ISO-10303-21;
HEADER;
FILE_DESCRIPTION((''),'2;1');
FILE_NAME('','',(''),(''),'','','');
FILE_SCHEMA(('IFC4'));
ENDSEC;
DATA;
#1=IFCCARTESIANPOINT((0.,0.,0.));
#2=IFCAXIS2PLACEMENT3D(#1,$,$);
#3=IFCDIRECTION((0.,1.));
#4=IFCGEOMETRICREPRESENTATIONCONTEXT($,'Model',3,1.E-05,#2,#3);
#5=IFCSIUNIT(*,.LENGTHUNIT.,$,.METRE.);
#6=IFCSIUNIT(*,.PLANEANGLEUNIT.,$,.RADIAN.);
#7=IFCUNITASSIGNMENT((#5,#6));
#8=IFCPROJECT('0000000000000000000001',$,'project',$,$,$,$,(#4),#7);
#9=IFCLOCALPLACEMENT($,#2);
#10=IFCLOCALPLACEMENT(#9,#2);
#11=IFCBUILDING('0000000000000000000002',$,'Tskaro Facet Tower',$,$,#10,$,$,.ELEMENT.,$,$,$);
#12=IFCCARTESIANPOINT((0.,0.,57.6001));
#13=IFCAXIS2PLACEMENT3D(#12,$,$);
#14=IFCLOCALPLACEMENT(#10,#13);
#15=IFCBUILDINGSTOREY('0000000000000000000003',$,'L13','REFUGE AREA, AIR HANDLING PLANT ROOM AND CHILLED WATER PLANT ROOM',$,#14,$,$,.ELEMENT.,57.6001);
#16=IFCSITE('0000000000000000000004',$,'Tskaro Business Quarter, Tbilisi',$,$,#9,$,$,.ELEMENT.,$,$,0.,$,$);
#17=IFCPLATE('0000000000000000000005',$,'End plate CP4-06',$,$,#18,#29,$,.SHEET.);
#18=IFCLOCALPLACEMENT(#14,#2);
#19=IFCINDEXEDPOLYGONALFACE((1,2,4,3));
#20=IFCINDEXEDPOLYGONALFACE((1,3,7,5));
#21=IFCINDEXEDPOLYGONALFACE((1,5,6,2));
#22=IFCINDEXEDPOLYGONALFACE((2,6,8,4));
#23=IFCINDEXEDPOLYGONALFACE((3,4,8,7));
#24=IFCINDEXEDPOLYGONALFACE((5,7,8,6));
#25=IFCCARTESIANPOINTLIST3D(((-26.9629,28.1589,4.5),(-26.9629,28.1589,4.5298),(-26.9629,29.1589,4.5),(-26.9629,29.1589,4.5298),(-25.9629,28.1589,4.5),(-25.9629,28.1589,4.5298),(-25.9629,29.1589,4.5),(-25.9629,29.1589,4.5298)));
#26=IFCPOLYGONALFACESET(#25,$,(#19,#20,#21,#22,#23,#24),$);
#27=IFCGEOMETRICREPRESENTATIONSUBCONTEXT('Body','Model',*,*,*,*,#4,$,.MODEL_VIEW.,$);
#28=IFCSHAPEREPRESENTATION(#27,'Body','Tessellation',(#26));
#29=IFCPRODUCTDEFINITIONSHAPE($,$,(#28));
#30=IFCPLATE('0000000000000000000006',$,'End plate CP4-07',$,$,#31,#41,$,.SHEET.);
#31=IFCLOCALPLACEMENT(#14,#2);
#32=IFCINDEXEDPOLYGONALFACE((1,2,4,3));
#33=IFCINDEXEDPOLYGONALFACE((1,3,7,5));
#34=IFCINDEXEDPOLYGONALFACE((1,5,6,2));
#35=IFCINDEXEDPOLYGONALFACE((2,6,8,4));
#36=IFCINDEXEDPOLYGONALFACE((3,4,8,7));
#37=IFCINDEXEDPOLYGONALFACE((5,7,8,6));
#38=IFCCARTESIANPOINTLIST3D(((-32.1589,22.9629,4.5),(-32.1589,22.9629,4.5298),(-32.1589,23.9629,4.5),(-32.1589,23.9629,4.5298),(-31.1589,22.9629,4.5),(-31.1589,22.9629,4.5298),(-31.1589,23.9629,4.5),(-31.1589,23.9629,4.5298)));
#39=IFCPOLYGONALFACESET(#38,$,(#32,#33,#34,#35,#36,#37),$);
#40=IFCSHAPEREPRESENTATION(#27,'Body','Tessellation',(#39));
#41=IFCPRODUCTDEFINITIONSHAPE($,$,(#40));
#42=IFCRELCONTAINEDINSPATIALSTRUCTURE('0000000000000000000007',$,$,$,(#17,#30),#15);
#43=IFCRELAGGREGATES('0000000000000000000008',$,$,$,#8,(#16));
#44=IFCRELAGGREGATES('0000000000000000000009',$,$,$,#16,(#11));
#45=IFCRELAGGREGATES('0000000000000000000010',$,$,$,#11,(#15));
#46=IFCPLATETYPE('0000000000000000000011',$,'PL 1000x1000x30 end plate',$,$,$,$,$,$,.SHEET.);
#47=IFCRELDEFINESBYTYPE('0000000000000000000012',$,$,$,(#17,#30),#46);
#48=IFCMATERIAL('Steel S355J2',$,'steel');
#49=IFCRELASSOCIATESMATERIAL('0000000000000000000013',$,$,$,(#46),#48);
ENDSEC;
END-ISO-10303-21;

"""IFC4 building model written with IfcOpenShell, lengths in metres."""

from ifc_helpers import new_model, si_unit, direction, frame, origin, origin_2d, place, context, subcontext, project, spatial, rectangle, extrude, material, material_profile, profile_set, type_object, element, save


model = new_model("IFC4")

# Units and contexts
model_context = context("Model", 3, precision=1e-05, world=origin(), true_north=direction((0.0, 1.0)))
body_context = subcontext(model_context, "Body", "Model", "MODEL_VIEW")
ifc_project = project(units=[si_unit("LENGTHUNIT", "METRE"), si_unit("PLANEANGLEUNIT", "RADIAN")], contexts=[model_context])

# Site, building, storey
site_placement = place(None, origin())
site = spatial("IfcSite", under=ifc_project, at=site_placement, Name="Tskaro Business Quarter, Tbilisi", CompositionType="ELEMENT", RefElevation=0.0)
building_placement = place(site_placement, origin())
building = spatial("IfcBuilding", under=site, at=building_placement, Name="Tskaro Facet Tower", CompositionType="ELEMENT")
storey_placement = place(building_placement, frame((0.0, 0.0, 57.6001)))
storey = spatial("IfcBuildingStorey", under=building, at=storey_placement, Name="L13", Description="REFUGE AREA, AIR HANDLING PLANT ROOM AND CHILLED WATER PLANT ROOM", CompositionType="ELEMENT", Elevation=57.6001)

# Shared definitions
ifc_material_1 = material(Name="Steel S355J2", Category="steel")

# Plates
ifc_material_profile_1 = material_profile(ifc_material_1, rectangle(XDim=1.0, YDim=1.0, at=origin_2d()), Name="PL 1000x1000x30 end plate")
ifc_profile_set_1 = profile_set([ifc_material_profile_1], Name="Steel S355J2")
plate_type = type_object("IfcPlateType", Name="PL 1000x1000x30 end plate", PredefinedType="SHEET", material=ifc_profile_set_1)
for number, where, z_axis, x_axis, name in (
    (1, (-26.4629, 28.6589, 4.5), (0.0, 0.0, 1.0), (1.0, 0.0, 0.0), "End plate CP4-06"),
    (2, (-31.6589, 23.4629, 4.5), (0.0, 0.0, 1.0), (1.0, 0.0, 0.0), "End plate CP4-07"),
):
    element("IfcPlate", number, at=place(storey_placement, frame(where, z_axis=z_axis, x_axis=x_axis)), inside=storey, type_object=plate_type, Name=name, PredefinedType="SHEET", context=body_context, shape_type="SweptSolid", body=[
        extrude(rectangle(XDim=1.0, YDim=1.0, at=origin_2d()), origin(), (0.0, 0.0, 1.0), 0.0298),
    ])

save(model, "model.ifc")
